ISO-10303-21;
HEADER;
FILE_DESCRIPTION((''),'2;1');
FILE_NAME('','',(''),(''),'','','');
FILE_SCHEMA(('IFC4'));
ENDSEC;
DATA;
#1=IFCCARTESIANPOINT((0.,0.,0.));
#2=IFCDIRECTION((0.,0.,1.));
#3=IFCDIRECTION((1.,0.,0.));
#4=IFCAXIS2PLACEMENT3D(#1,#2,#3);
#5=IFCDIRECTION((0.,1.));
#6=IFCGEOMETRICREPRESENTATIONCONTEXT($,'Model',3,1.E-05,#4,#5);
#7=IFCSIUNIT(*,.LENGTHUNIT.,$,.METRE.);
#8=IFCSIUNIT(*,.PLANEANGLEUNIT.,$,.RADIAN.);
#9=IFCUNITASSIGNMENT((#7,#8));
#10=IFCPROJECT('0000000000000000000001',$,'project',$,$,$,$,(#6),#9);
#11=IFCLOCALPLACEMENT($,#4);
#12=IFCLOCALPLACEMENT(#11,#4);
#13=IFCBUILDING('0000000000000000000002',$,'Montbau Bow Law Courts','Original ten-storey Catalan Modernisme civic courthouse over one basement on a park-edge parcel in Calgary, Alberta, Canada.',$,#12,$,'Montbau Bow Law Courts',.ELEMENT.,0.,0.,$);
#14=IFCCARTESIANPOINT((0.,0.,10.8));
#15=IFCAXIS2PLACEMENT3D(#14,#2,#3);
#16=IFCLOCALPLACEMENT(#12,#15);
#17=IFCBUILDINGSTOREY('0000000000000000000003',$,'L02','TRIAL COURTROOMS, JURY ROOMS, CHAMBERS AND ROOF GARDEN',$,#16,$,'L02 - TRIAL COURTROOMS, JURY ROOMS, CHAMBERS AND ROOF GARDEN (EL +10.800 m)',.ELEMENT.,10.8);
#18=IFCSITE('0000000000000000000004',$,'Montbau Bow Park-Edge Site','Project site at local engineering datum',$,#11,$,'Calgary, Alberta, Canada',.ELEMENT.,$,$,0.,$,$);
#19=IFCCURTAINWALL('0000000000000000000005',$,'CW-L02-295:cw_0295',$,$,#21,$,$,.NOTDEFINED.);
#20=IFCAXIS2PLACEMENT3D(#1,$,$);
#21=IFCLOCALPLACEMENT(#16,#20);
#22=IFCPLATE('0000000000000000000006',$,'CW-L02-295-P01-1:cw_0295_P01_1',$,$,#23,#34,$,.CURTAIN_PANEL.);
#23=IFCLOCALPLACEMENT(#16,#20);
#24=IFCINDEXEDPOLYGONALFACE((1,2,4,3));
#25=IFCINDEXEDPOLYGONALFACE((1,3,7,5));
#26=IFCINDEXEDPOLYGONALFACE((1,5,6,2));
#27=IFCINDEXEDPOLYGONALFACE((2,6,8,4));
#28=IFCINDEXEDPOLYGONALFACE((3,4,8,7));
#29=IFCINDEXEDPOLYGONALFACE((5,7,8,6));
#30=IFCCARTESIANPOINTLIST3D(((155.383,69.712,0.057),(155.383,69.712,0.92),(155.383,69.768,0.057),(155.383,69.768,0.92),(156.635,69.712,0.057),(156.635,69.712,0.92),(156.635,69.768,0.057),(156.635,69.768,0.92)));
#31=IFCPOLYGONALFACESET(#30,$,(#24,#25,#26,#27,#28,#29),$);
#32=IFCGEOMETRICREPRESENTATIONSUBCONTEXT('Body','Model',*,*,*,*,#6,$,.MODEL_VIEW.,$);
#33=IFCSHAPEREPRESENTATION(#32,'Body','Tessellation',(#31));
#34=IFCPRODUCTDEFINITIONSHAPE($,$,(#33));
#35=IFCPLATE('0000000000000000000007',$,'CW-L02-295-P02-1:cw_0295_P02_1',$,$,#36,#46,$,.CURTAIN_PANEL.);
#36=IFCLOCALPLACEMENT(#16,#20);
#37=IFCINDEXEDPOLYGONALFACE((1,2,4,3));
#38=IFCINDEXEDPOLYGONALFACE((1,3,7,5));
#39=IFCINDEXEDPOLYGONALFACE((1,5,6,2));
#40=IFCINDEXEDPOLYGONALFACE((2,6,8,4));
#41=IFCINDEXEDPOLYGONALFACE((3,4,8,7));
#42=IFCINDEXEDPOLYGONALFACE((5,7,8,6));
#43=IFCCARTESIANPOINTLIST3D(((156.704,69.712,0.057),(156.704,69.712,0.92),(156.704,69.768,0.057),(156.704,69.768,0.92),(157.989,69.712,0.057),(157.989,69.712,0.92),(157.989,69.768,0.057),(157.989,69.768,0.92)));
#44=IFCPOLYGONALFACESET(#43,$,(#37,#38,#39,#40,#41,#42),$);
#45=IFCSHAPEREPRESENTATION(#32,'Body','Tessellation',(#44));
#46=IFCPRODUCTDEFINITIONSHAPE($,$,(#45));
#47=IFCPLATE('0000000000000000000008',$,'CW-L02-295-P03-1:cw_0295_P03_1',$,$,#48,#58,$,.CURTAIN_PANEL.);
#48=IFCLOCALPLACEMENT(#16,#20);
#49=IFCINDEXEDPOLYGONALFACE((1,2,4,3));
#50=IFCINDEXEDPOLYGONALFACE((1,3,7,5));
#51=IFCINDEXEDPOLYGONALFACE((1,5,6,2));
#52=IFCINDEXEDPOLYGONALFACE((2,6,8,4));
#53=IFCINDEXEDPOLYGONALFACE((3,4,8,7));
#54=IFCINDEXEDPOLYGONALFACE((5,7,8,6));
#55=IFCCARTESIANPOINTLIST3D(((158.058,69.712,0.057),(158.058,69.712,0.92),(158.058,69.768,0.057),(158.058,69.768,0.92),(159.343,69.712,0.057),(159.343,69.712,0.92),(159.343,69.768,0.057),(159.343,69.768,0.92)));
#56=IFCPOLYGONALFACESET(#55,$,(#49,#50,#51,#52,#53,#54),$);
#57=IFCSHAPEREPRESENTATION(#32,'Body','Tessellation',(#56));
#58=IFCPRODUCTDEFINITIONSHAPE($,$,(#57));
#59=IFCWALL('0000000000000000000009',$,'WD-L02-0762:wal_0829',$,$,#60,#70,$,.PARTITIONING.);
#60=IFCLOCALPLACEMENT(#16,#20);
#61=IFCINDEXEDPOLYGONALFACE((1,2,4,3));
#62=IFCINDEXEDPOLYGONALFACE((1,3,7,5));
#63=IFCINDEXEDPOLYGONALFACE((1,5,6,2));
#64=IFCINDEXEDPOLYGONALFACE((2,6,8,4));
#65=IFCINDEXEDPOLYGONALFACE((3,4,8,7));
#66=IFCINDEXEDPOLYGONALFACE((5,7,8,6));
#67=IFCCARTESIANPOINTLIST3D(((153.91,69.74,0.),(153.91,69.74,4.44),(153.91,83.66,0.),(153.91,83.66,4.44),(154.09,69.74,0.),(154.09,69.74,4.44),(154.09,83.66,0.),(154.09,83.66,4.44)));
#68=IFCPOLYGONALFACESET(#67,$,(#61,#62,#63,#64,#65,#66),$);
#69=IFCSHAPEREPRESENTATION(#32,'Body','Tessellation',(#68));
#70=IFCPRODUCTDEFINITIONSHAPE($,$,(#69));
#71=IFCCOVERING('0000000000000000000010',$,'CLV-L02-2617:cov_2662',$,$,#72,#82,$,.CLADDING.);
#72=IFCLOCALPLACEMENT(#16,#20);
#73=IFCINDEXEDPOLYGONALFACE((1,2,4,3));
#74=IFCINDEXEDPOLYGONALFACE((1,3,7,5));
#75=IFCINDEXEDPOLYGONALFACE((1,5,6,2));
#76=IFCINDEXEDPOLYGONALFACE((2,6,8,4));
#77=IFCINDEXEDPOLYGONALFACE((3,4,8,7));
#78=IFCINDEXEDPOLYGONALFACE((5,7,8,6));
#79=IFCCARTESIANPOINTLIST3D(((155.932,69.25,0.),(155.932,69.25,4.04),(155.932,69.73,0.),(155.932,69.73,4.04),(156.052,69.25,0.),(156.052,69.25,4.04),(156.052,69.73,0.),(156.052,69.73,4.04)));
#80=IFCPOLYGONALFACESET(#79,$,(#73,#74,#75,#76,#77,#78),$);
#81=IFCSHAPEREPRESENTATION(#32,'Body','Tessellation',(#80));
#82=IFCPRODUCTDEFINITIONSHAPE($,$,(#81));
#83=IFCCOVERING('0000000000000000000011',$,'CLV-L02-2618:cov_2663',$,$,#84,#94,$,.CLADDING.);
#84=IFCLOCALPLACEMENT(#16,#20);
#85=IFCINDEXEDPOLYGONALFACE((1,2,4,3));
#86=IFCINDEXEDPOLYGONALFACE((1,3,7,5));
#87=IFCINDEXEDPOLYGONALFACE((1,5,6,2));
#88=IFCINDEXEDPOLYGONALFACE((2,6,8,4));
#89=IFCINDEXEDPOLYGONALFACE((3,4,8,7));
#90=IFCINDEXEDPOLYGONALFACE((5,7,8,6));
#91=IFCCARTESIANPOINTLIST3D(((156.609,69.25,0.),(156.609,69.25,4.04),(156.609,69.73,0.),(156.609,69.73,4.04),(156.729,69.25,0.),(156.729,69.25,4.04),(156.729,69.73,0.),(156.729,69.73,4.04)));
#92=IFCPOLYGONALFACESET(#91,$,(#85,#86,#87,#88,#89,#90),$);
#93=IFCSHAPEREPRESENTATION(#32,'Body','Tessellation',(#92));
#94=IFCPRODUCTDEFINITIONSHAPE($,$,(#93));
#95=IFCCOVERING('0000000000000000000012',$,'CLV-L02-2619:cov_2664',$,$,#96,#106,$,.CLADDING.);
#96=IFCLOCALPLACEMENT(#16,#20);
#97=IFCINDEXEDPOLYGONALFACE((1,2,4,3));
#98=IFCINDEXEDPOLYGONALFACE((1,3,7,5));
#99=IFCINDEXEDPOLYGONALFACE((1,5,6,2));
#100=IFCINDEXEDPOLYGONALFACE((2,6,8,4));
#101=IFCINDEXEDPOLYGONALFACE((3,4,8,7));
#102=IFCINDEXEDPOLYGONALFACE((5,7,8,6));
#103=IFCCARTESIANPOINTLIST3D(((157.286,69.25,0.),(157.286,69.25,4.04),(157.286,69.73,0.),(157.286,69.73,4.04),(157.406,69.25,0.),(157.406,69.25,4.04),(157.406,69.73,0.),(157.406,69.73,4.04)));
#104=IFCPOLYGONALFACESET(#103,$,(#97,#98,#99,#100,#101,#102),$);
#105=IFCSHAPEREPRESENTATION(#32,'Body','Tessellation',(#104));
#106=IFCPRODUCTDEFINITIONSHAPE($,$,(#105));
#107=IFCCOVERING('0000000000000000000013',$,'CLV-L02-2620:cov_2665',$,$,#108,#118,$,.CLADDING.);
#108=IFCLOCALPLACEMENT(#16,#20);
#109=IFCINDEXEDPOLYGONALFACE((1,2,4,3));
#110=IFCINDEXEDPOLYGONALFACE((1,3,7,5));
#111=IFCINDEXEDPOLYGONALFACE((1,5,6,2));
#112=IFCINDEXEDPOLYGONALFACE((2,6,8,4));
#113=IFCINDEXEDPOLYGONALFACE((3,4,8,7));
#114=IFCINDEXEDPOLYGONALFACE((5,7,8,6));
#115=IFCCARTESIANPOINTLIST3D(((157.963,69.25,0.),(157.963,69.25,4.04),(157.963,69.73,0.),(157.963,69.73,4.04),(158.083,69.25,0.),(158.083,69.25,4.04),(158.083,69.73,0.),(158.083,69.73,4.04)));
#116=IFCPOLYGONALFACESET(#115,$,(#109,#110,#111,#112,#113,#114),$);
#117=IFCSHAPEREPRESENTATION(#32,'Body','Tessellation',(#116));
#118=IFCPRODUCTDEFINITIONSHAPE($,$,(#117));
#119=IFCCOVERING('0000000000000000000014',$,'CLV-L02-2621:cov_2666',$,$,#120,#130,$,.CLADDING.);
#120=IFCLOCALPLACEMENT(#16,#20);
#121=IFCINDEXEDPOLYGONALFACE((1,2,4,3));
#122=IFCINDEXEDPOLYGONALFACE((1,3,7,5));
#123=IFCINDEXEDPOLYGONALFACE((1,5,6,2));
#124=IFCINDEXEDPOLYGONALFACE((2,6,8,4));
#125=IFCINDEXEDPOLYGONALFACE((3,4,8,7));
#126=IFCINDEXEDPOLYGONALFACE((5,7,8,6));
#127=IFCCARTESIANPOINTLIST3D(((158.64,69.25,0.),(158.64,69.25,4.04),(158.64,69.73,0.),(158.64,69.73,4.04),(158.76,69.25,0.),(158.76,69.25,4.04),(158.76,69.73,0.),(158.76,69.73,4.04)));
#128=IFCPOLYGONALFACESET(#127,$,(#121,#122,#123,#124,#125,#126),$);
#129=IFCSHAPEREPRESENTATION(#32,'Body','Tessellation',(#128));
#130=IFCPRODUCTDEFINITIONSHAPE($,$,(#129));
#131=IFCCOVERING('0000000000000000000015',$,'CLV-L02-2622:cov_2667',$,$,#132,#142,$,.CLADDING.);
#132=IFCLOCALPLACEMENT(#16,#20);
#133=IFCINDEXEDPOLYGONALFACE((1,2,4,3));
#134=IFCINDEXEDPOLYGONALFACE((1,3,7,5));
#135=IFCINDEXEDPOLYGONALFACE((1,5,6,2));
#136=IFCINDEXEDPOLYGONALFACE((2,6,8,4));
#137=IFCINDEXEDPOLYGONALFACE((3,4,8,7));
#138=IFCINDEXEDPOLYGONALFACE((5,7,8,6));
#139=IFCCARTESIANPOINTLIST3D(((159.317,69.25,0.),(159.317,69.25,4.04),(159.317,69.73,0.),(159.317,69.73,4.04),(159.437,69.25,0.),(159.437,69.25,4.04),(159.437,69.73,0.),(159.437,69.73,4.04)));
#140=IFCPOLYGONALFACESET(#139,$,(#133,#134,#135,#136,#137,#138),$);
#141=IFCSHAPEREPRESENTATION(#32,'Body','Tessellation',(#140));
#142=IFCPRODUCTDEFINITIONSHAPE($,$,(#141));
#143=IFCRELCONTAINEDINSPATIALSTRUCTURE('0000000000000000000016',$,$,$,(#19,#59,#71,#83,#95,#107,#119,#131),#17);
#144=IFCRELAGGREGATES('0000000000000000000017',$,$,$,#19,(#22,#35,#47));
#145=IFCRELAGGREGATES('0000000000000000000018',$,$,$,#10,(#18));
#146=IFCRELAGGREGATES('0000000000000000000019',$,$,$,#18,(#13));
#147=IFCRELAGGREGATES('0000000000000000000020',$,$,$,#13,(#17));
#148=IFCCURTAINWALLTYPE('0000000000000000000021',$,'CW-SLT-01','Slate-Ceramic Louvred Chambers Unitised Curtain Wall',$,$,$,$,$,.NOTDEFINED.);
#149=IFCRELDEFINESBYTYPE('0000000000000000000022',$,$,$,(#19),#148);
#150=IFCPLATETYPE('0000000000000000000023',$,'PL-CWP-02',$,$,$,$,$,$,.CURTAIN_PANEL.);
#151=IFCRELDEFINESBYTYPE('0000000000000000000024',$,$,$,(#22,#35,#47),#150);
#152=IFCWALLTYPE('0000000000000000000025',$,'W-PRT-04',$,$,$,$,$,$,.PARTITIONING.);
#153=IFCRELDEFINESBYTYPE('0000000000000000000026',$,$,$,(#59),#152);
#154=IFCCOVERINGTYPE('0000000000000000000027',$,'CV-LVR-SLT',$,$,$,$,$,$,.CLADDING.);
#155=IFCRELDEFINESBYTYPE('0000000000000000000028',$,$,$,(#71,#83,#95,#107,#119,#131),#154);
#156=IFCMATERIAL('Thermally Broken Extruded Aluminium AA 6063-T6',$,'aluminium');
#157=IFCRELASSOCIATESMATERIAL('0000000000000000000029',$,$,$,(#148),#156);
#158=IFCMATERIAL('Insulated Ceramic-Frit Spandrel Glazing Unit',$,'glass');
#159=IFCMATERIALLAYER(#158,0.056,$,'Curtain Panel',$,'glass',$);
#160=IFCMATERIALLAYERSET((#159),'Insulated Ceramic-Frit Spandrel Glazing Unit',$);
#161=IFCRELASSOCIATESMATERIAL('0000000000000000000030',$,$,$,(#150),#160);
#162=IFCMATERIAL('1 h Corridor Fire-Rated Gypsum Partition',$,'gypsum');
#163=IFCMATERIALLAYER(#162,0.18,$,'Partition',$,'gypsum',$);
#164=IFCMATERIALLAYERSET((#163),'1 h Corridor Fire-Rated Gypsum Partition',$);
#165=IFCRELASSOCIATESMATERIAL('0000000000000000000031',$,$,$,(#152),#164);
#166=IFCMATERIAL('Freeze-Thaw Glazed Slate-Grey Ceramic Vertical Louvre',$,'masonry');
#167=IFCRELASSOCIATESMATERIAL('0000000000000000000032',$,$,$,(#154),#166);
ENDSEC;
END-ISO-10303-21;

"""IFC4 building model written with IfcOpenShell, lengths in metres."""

from ifc_helpers import new_model, si_unit, direction, frame, frame_2d, origin_with_axes, place, context, subcontext, project, spatial, rectangle, extrude, material, layer, layer_set, type_object, element, aggregate, save


model = new_model("IFC4")

# Units and contexts
model_context = context("Model", 3, precision=1e-05, world=origin_with_axes(), true_north=direction((0.0, 1.0)))
body_context = subcontext(model_context, "Body", "Model", "MODEL_VIEW")
ifc_project = project(units=[si_unit("LENGTHUNIT", "METRE"), si_unit("PLANEANGLEUNIT", "RADIAN")], contexts=[model_context])

# Site, building, storey
site_placement = place(None, origin_with_axes())
site = spatial("IfcSite", under=ifc_project, at=site_placement, Name="Montbau Bow Park-Edge Site", Description="Project site at local engineering datum", LongName="Calgary, Alberta, Canada", CompositionType="ELEMENT", RefElevation=0.0)
building_placement = place(site_placement, origin_with_axes())
building = spatial("IfcBuilding", under=site, at=building_placement, Name="Montbau Bow Law Courts", Description="Original ten-storey Catalan Modernisme civic courthouse over one basement on a park-edge parcel in Calgary, Alberta, Canada.", LongName="Montbau Bow Law Courts", CompositionType="ELEMENT", ElevationOfRefHeight=0.0, ElevationOfTerrain=0.0)
storey_placement = place(building_placement, frame((0.0, 0.0, 10.8), z_axis=(0.0, 0.0, 1.0), x_axis=(1.0, 0.0, 0.0)))
storey = spatial("IfcBuildingStorey", under=building, at=storey_placement, Name="L02", Description="TRIAL COURTROOMS, JURY ROOMS, CHAMBERS AND ROOF GARDEN", LongName="L02 - TRIAL COURTROOMS, JURY ROOMS, CHAMBERS AND ROOF GARDEN (EL +10.800 m)", CompositionType="ELEMENT", Elevation=10.8)

# Shared definitions
ifc_material_1 = material(Name="Thermally Broken Extruded Aluminium AA 6063-T6", Category="aluminium")
curtain_wall_type = type_object("IfcCurtainWallType", Name="CW-SLT-01", Description="Slate-Ceramic Louvred Chambers Unitised Curtain Wall", PredefinedType="NOTDEFINED", material=ifc_material_1)

# Curtain wall, plates
curtain_wall_1_placement = place(None, frame((155.315, 69.74, 10.8), z_axis=(0.0, 0.0, 1.0), x_axis=(1.0, 0.0, 0.0)))
curtain_wall_1 = element("IfcCurtainWall", 1, at=curtain_wall_1_placement, inside=storey, type_object=curtain_wall_type, Name="CW-L02-295:cw_0295", PredefinedType="NOTDEFINED")
ifc_material_2 = material(Name="Insulated Ceramic-Frit Spandrel Glazing Unit", Category="glass")
ifc_layer_1 = layer(ifc_material_2, 0.056, Name="Curtain Panel", Category="glass")
ifc_layer_set_1 = layer_set([ifc_layer_1], Name="Insulated Ceramic-Frit Spandrel Glazing Unit")
plate_type_1 = type_object("IfcPlateType", Name="PL-CWP-02", PredefinedType="CURTAIN_PANEL", material=ifc_layer_set_1)
plate_1_placement = place(None, frame((155.383, 69.74, 10.857), z_axis=(0.0, -1.0, 0.0), x_axis=(1.0, 0.0, 0.0)))
plate_1 = element("IfcPlate", 2, at=plate_1_placement, type_object=plate_type_1, Name="CW-L02-295-P01-1:cw_0295_P01_1", PredefinedType="CURTAIN_PANEL", context=body_context, shape_type="SweptSolid", body=[
    extrude(rectangle(XDim=1.252, YDim=0.863, at=frame_2d((0.626, 0.4315), x_axis=(1.0, 0.0))), frame((0.0, 0.0, -0.028), z_axis=(0.0, 0.0, 1.0), x_axis=(1.0, 0.0, 0.0)), (0.0, 0.0, 1.0), 0.056),
])
plate_2_placement = place(None, frame((156.704, 69.74, 10.857), z_axis=(0.0, -1.0, 0.0), x_axis=(1.0, 0.0, 0.0)))
plate_2 = element("IfcPlate", 3, at=plate_2_placement, type_object=plate_type_1, Name="CW-L02-295-P02-1:cw_0295_P02_1", PredefinedType="CURTAIN_PANEL", context=body_context, shape_type="SweptSolid", body=[
    extrude(rectangle(XDim=1.285, YDim=0.863, at=frame_2d((0.6425, 0.4315), x_axis=(1.0, 0.0))), frame((0.0, 0.0, -0.028), z_axis=(0.0, 0.0, 1.0), x_axis=(1.0, 0.0, 0.0)), (0.0, 0.0, 1.0), 0.056),
])
plate_3_placement = place(None, frame((158.058, 69.74, 10.857), z_axis=(0.0, -1.0, 0.0), x_axis=(1.0, 0.0, 0.0)))
plate_3 = element("IfcPlate", 4, at=plate_3_placement, type_object=plate_type_1, Name="CW-L02-295-P03-1:cw_0295_P03_1", PredefinedType="CURTAIN_PANEL", context=body_context, shape_type="SweptSolid", body=[
    extrude(rectangle(XDim=1.285, YDim=0.863, at=frame_2d((0.6425, 0.4315), x_axis=(1.0, 0.0))), frame((0.0, 0.0, -0.028), z_axis=(0.0, 0.0, 1.0), x_axis=(1.0, 0.0, 0.0)), (0.0, 0.0, 1.0), 0.056),
])
aggregate(curtain_wall_1, [plate_1, plate_2, plate_3])

# Wall
ifc_material_3 = material(Name="1 h Corridor Fire-Rated Gypsum Partition", Category="gypsum")
ifc_layer_2 = layer(ifc_material_3, 0.18, Name="Partition", Category="gypsum")
ifc_layer_set_2 = layer_set([ifc_layer_2], Name="1 h Corridor Fire-Rated Gypsum Partition")
wall_type = type_object("IfcWallType", Name="W-PRT-04", PredefinedType="PARTITIONING", material=ifc_layer_set_2)
wall_placement = place(None, frame((154.0, 69.74, 10.8), z_axis=(0.0, 0.0, 1.0), x_axis=(0.0, 1.0, 0.0)))
element("IfcWall", 5, at=wall_placement, inside=storey, type_object=wall_type, Name="WD-L02-0762:wal_0829", PredefinedType="PARTITIONING", context=body_context, shape_type="SweptSolid", body=[
    extrude(rectangle(XDim=13.92, YDim=0.18, at=frame_2d((6.96, 0.0), x_axis=(1.0, 0.0))), origin_with_axes(), (0.0, 0.0, 1.0), 4.44),
])

# Coverings
ifc_material_4 = material(Name="Freeze-Thaw Glazed Slate-Grey Ceramic Vertical Louvre", Category="masonry")
covering_type = type_object("IfcCoveringType", Name="CV-LVR-SLT", PredefinedType="CLADDING", material=ifc_material_4)
for number, where, z_axis, x_axis, name in (
    (6, (155.992, 69.73, 10.8), (-1.0, 0.0, 0.0), (0.0, -1.0, 0.0), "CLV-L02-2617:cov_2662"),
    (7, (156.669, 69.73, 10.8), (-1.0, 0.0, 0.0), (0.0, -1.0, 0.0), "CLV-L02-2618:cov_2663"),
    (8, (157.346, 69.73, 10.8), (-1.0, 0.0, 0.0), (0.0, -1.0, 0.0), "CLV-L02-2619:cov_2664"),
    (9, (158.023, 69.73, 10.8), (-1.0, 0.0, 0.0), (0.0, -1.0, 0.0), "CLV-L02-2620:cov_2665"),
    (10, (158.7, 69.73, 10.8), (-1.0, 0.0, 0.0), (0.0, -1.0, 0.0), "CLV-L02-2621:cov_2666"),
    (11, (159.377, 69.73, 10.8), (-1.0, 0.0, 0.0), (0.0, -1.0, 0.0), "CLV-L02-2622:cov_2667"),
):
    element("IfcCovering", number, at=place(None, frame(where, z_axis=z_axis, x_axis=x_axis)), inside=storey, type_object=covering_type, Name=name, PredefinedType="CLADDING", context=body_context, shape_type="SweptSolid", body=[
        extrude(rectangle(XDim=0.48, YDim=4.04, at=frame_2d((0.24, 2.02), x_axis=(1.0, 0.0))), frame((0.0, 0.0, -0.06), z_axis=(0.0, 0.0, 1.0), x_axis=(1.0, 0.0, 0.0)), (0.0, 0.0, 1.0), 0.12),
    ])

save(model, "model.ifc")
